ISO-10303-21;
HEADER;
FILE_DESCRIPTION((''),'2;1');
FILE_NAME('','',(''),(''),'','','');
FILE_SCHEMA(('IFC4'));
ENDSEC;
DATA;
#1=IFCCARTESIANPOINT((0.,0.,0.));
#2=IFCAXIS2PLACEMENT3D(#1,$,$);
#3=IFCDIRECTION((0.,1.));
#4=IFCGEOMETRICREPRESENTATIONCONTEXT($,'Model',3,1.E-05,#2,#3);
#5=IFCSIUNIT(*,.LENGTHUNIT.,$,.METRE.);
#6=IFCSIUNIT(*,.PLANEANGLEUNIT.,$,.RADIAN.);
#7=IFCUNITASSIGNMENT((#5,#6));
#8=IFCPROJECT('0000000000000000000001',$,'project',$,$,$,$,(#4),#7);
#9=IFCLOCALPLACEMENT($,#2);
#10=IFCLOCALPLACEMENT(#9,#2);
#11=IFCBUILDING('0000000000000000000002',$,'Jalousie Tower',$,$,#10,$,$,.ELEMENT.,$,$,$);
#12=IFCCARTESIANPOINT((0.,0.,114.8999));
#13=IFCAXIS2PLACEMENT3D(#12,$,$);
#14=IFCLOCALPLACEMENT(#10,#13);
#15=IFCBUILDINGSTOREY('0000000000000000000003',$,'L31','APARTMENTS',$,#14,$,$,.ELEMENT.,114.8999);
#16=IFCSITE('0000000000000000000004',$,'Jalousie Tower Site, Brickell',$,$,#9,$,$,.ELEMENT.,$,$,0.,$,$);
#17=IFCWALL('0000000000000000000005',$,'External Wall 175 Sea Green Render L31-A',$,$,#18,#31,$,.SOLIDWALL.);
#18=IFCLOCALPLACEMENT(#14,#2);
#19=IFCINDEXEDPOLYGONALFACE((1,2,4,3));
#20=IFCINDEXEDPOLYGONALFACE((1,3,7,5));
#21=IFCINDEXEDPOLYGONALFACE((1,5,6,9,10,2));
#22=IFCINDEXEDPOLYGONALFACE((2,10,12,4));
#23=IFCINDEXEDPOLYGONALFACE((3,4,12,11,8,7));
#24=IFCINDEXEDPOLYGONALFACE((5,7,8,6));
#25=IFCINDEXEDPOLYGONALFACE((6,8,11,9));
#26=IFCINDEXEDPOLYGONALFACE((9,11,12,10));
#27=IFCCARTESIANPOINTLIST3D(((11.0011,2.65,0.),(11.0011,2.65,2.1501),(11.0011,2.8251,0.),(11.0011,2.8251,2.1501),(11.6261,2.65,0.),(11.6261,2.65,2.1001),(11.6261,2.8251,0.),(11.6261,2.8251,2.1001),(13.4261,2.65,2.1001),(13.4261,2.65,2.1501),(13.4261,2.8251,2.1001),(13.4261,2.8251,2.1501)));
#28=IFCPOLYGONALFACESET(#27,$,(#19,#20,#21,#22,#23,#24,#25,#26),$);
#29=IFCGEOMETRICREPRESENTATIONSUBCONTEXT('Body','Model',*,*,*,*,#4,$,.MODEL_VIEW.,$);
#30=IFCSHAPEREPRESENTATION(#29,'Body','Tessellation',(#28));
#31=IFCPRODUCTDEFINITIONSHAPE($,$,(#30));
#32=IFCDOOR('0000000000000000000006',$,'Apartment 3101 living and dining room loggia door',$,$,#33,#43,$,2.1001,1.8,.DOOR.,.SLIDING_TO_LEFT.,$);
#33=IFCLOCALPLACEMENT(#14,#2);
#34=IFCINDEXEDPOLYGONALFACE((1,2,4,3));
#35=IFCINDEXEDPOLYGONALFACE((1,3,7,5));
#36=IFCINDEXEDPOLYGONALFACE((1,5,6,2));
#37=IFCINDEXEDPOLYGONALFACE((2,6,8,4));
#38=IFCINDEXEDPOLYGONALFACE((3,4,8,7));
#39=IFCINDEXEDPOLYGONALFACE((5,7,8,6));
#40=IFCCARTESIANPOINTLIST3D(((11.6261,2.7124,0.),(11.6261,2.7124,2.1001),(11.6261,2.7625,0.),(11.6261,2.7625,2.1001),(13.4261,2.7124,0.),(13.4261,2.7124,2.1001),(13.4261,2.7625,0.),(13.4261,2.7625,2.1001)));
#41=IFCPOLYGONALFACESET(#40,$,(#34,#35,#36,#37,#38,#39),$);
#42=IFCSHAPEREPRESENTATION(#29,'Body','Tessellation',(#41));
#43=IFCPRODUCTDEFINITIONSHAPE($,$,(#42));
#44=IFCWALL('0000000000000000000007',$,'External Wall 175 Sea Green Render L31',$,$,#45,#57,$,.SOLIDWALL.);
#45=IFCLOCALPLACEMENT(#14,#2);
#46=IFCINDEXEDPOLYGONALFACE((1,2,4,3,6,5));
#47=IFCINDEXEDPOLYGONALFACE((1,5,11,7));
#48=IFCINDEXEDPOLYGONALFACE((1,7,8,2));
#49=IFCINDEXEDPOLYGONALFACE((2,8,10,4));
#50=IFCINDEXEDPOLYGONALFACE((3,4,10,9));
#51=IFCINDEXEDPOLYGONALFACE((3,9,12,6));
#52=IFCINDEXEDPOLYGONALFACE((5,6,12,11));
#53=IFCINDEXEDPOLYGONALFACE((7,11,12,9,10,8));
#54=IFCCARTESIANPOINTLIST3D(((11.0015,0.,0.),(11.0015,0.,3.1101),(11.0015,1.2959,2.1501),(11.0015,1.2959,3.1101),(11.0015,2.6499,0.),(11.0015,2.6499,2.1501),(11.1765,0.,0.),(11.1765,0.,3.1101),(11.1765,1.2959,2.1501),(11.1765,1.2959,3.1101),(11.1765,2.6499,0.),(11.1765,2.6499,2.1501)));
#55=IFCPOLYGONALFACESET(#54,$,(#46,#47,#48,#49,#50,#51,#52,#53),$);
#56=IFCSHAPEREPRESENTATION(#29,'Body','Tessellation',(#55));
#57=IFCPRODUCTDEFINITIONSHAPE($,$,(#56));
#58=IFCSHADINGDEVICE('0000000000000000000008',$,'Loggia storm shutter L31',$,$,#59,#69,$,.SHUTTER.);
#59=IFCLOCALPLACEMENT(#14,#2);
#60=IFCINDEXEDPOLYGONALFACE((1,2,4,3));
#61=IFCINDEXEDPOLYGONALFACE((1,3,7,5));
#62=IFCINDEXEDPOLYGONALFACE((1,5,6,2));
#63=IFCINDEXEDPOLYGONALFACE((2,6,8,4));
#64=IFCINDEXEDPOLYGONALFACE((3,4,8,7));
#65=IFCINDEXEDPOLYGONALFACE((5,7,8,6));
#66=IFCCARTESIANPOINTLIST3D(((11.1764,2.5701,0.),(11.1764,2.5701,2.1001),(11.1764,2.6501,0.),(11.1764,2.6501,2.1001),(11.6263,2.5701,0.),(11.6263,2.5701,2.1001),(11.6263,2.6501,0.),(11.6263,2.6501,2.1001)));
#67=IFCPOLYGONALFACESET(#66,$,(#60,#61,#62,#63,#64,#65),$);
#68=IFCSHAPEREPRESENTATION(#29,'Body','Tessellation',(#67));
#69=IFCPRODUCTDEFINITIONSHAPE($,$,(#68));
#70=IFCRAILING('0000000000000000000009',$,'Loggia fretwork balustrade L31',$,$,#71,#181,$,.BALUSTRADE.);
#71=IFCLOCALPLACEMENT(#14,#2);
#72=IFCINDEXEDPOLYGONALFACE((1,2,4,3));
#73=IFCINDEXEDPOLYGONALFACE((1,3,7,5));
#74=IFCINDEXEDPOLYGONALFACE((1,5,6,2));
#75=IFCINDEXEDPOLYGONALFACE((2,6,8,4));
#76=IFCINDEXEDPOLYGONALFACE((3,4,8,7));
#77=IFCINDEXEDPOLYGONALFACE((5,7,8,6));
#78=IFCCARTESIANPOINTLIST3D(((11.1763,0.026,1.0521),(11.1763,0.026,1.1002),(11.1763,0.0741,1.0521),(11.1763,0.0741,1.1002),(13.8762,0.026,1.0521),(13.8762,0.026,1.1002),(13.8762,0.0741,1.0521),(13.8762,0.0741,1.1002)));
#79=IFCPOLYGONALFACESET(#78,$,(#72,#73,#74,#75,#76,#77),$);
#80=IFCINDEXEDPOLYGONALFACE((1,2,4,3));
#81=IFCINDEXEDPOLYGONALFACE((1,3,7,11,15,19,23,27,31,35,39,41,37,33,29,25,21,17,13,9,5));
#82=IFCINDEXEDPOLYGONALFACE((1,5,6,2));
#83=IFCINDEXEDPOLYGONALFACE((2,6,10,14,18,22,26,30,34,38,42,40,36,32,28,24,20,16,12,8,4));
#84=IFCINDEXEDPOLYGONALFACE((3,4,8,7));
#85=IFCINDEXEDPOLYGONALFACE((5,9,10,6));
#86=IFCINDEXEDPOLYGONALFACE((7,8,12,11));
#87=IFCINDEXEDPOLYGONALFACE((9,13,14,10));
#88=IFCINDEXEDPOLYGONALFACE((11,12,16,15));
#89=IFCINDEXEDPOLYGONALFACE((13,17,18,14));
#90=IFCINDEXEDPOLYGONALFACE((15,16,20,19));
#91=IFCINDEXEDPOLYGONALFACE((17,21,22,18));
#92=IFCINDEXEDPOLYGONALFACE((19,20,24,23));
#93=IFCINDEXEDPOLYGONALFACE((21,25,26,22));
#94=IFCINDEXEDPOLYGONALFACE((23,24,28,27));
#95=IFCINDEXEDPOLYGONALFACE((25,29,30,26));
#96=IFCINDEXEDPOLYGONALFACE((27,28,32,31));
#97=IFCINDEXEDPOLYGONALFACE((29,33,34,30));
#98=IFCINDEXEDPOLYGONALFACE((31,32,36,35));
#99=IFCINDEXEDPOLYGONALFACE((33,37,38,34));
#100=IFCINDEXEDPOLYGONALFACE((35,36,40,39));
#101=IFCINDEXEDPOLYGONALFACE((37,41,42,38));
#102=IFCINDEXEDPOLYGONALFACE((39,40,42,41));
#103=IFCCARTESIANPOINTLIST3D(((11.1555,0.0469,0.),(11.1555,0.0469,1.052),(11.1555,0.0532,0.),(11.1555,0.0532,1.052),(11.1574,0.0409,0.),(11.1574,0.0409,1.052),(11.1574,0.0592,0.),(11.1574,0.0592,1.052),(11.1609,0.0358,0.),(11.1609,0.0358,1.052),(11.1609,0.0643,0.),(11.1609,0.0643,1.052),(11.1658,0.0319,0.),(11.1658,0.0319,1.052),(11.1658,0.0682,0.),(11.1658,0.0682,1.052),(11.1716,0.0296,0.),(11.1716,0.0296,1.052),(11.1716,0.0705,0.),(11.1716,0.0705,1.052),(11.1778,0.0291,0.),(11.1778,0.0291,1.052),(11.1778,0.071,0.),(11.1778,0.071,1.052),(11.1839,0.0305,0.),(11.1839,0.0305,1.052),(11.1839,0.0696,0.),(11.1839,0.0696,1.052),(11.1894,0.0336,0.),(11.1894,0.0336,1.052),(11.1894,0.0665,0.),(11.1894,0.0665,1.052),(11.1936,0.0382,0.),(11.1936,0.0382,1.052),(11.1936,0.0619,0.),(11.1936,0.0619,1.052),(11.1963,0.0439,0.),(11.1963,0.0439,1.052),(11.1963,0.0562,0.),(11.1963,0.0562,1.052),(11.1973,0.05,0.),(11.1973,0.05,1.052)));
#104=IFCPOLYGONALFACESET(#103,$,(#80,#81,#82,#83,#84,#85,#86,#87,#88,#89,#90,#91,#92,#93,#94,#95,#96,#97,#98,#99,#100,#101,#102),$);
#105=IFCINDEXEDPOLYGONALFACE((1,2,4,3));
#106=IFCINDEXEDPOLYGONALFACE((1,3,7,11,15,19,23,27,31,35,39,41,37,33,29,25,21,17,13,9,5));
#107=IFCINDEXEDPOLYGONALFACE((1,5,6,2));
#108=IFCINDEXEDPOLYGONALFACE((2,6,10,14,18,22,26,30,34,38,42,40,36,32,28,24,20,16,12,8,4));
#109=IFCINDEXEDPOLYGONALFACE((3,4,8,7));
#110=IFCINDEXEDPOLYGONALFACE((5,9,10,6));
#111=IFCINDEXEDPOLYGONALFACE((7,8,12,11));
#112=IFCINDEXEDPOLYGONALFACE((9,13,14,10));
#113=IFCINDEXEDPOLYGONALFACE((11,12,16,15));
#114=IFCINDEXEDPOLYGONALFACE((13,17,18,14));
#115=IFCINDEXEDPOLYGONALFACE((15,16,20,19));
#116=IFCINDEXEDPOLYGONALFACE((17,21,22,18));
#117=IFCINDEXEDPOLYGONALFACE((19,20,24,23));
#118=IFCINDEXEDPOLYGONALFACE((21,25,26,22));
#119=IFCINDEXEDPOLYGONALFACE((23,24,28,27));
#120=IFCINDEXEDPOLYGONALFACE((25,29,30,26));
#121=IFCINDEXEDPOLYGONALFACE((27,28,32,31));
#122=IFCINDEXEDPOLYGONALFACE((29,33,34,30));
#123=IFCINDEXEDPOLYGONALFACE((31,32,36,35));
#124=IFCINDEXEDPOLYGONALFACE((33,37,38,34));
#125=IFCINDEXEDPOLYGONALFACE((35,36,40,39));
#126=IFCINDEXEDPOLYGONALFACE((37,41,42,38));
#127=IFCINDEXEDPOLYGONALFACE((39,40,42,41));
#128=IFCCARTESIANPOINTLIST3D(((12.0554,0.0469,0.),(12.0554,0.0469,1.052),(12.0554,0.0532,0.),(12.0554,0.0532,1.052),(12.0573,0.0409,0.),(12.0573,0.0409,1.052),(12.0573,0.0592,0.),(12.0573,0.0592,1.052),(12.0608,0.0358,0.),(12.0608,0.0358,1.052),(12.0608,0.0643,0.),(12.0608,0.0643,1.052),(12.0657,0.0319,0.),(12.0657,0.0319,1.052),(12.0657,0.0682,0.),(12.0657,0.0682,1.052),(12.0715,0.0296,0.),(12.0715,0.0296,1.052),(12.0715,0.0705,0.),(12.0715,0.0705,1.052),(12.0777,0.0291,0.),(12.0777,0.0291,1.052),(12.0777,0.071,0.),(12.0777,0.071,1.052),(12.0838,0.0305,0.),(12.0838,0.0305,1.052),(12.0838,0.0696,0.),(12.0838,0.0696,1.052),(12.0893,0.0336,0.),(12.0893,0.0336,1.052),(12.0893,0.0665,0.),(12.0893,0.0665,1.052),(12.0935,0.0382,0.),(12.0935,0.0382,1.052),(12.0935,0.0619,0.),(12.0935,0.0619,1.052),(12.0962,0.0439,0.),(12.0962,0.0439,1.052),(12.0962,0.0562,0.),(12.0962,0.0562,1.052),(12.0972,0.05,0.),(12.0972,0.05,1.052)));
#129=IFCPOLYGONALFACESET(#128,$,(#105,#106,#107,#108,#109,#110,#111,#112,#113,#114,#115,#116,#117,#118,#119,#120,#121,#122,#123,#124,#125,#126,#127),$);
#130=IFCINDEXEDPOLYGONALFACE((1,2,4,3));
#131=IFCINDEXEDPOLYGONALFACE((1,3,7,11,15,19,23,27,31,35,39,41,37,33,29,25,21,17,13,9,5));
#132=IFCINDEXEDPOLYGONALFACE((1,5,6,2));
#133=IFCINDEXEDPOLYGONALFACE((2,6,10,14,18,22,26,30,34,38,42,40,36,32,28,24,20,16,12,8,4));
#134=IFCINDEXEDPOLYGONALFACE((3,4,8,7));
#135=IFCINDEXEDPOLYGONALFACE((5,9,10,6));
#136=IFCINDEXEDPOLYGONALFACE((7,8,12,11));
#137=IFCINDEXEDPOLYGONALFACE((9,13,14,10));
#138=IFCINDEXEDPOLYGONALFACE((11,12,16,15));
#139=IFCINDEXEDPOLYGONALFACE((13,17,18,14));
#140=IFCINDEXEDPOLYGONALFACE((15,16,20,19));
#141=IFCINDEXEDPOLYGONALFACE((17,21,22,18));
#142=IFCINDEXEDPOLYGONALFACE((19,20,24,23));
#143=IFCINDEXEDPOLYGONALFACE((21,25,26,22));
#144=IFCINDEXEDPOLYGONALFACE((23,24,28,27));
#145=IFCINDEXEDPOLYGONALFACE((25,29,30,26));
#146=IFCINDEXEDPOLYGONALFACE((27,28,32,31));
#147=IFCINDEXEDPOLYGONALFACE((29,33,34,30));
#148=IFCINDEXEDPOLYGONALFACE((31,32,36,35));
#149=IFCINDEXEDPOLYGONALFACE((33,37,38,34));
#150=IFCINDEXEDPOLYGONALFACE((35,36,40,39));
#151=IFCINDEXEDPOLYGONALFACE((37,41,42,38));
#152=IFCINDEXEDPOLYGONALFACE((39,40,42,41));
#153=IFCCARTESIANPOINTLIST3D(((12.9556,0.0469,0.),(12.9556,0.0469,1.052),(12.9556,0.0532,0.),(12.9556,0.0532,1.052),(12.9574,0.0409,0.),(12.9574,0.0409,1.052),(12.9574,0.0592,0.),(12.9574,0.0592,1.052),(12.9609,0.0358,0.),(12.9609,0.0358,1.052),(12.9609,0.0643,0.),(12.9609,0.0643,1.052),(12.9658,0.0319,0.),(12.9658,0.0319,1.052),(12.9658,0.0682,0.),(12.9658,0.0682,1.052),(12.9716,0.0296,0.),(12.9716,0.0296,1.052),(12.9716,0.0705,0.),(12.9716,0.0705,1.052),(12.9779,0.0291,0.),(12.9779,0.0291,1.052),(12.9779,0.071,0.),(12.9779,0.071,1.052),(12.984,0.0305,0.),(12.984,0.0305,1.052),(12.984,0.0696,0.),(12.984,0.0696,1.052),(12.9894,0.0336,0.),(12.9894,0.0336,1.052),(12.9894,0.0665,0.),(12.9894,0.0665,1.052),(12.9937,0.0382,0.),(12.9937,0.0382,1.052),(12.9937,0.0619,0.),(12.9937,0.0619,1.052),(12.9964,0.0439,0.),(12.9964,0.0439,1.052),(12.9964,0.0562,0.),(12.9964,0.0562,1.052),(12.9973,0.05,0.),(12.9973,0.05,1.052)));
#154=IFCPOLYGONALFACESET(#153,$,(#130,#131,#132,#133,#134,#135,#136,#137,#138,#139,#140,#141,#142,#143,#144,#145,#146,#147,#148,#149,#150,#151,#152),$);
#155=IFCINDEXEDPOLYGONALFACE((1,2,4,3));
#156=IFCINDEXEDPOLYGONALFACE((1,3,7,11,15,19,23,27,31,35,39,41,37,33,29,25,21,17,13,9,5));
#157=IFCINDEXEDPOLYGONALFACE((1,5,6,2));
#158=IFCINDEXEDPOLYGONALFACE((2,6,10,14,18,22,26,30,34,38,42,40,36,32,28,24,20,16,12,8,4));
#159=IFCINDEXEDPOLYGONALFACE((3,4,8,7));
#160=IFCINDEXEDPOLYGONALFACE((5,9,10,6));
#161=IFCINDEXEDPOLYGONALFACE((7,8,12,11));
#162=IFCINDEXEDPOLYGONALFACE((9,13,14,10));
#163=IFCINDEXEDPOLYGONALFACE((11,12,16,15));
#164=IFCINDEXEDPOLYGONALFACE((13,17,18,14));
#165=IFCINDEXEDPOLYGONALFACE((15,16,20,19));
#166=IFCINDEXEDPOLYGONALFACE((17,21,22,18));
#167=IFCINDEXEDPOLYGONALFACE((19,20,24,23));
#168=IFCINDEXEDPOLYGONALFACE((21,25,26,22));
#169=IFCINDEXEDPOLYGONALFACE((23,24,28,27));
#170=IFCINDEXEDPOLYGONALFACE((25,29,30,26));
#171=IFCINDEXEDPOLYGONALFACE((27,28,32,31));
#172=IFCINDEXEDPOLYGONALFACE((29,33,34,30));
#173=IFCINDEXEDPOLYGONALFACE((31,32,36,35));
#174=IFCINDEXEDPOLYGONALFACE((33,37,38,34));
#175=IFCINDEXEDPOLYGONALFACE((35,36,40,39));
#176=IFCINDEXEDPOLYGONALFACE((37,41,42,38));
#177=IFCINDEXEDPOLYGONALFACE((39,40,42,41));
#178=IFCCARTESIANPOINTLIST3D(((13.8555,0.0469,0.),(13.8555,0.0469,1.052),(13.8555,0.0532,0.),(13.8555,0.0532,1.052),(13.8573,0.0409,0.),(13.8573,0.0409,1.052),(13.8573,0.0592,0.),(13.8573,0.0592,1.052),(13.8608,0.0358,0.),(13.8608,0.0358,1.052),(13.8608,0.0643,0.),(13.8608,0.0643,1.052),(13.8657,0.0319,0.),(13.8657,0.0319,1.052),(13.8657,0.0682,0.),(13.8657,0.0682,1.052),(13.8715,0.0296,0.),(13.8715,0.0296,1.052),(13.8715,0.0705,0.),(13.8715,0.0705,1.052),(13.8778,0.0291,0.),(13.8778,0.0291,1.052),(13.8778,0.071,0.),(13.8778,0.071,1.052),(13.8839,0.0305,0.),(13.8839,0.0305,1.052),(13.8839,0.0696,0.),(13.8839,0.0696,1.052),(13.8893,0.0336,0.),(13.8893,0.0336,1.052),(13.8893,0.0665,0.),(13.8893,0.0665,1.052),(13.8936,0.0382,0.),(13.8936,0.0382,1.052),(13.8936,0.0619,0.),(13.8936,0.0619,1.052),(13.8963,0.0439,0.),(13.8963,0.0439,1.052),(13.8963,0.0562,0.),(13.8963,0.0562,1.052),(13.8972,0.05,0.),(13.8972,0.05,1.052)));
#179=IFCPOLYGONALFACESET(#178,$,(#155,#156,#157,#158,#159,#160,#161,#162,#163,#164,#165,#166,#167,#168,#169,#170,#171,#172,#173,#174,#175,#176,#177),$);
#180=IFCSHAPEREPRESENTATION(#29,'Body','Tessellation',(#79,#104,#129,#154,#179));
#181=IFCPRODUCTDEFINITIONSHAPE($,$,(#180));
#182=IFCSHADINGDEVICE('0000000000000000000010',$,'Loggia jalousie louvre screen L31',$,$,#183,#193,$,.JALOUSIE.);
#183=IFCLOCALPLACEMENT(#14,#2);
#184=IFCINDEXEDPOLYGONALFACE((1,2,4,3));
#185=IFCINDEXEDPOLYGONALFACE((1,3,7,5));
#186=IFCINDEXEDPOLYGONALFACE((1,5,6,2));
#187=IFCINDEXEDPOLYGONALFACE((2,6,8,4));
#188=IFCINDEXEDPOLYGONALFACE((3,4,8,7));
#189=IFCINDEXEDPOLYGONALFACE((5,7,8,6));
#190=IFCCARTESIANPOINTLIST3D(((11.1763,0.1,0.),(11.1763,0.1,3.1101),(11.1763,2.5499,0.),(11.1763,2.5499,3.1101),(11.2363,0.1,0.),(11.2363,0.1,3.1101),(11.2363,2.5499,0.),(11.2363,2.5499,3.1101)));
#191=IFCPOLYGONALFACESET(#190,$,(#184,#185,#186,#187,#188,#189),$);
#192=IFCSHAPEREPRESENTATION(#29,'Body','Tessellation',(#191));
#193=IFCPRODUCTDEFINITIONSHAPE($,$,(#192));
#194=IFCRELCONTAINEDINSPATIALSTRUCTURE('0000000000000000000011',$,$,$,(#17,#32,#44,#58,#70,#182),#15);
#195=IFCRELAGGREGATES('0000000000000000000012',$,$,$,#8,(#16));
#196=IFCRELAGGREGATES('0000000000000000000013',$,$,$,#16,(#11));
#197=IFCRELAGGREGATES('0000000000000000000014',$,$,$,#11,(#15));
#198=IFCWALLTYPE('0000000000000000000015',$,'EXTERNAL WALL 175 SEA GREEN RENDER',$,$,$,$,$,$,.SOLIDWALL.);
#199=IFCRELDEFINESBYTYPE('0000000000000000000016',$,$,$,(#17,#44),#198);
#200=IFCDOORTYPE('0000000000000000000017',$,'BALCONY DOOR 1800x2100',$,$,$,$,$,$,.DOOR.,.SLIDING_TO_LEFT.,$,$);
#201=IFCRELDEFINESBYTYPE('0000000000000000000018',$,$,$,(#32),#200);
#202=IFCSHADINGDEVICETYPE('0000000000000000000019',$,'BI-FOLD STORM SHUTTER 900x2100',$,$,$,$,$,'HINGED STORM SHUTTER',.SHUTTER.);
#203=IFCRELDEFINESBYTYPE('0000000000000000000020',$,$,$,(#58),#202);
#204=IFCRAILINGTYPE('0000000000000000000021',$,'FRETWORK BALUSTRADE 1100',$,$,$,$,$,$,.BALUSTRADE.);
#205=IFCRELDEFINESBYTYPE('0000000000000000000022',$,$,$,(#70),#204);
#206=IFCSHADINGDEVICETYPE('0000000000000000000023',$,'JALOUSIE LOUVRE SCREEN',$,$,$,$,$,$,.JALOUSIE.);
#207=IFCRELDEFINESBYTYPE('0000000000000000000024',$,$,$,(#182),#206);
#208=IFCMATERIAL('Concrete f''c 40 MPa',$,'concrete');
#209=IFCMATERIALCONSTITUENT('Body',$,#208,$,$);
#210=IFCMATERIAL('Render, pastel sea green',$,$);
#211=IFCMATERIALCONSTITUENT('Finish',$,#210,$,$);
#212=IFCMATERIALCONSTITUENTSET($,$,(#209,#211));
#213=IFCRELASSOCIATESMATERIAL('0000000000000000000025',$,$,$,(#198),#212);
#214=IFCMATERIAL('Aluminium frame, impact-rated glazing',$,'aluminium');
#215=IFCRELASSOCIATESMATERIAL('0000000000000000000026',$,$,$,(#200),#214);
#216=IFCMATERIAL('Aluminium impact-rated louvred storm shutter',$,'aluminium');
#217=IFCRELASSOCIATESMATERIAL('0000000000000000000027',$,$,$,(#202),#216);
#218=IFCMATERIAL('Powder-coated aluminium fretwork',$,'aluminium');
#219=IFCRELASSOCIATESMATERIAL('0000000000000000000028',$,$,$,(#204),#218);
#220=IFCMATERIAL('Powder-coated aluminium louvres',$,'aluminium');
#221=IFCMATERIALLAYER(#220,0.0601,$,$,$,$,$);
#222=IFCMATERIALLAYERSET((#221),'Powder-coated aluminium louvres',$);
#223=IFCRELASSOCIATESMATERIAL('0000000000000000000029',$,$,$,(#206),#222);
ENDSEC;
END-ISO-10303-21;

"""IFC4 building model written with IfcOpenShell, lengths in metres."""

from ifc_helpers import new_model, si_unit, direction, frame, frame_2d, origin, origin_2d, place, context, subcontext, project, spatial, polyline, rectangle, circle, outline, extrude, material, layer, layer_set, constituent, constituent_set, type_object, element, fill, save


model = new_model("IFC4")

# Units and contexts
model_context = context("Model", 3, precision=1e-05, world=origin(), true_north=direction((0.0, 1.0)))
body_context = subcontext(model_context, "Body", "Model", "MODEL_VIEW")
ifc_project = project(units=[si_unit("LENGTHUNIT", "METRE"), si_unit("PLANEANGLEUNIT", "RADIAN")], contexts=[model_context])

# Site, building, storey
site_placement = place(None, origin())
site = spatial("IfcSite", under=ifc_project, at=site_placement, Name="Jalousie Tower Site, Brickell", CompositionType="ELEMENT", RefElevation=0.0)
building_placement = place(site_placement, origin())
building = spatial("IfcBuilding", under=site, at=building_placement, Name="Jalousie Tower", CompositionType="ELEMENT")
storey_placement = place(building_placement, frame((0.0, 0.0, 114.8999)))
storey = spatial("IfcBuildingStorey", under=building, at=storey_placement, Name="L31", Description="APARTMENTS", CompositionType="ELEMENT", Elevation=114.8999)

# Shared definitions
ifc_material_1 = material(Name="Concrete f'c 40 MPa", Category="concrete")
ifc_constituent_1 = constituent(ifc_material_1, Name="Body")
ifc_material_2 = material(Name="Render, pastel sea green")
ifc_constituent_2 = constituent(ifc_material_2, Name="Finish")
ifc_constituent_set = constituent_set(constituents=[ifc_constituent_1, ifc_constituent_2])
wall_type = type_object("IfcWallType", Name="EXTERNAL WALL 175 SEA GREEN RENDER", PredefinedType="SOLIDWALL", material=ifc_constituent_set)

# Wall, opening, door
wall_1_placement = place(storey_placement, frame((11.0012, 2.7375, 0.0), z_axis=(0.0, 0.0, 1.0), x_axis=(1.0, 0.0, 0.0)))
wall_1 = element("IfcWall", 1, at=wall_1_placement, inside=storey, type_object=wall_type, Name="External Wall 175 Sea Green Render L31-A", PredefinedType="SOLIDWALL", context=body_context, shape_type="SweptSolid", body=[
    extrude(rectangle(XDim=2.425, YDim=0.175, at=frame_2d((1.2124, 0.0))), origin(), (0.0, 0.0, 1.0), 2.1501),
])
opening_placement = place(wall_1_placement, frame((0.625, 0.0, 0.0)))
opening = element("IfcOpeningElement", 2, at=opening_placement, cuts=wall_1, PredefinedType="OPENING", context=body_context, shape_type="SweptSolid", body=[
    extrude(rectangle(XDim=1.8, YDim=2.1001, at=frame_2d((0.8999, 1.05))), frame((0.0, 0.0974, 0.0), z_axis=(0.0, -1.0, 0.0), x_axis=(1.0, 0.0, 0.0)), (0.0, 0.0, 1.0), 0.1951),
])
ifc_material_3 = material(Name="Aluminium frame, impact-rated glazing", Category="aluminium")
door_type = type_object("IfcDoorType", Name="BALCONY DOOR 1800x2100", OperationType="SLIDING_TO_LEFT", PredefinedType="DOOR", material=ifc_material_3)
door_placement = place(opening_placement, origin())
door = element("IfcDoor", 3, at=door_placement, inside=storey, type_object=door_type, Name="Apartment 3101 living and dining room loggia door", OperationType="SLIDING_TO_LEFT", OverallHeight=2.1001, OverallWidth=1.8, PredefinedType="DOOR", context=body_context, shape_type="SweptSolid", body=[
    extrude(rectangle(XDim=1.8, YDim=2.1001, at=frame_2d((0.8999, 1.05))), frame((0.0, 0.0249, 0.0), z_axis=(0.0, -1.0, 0.0), x_axis=(1.0, 0.0, 0.0)), (0.0, 0.0, 1.0), 0.05),
])
fill(opening, door)

# Wall
wall_2_placement = place(storey_placement, frame((11.0889, 0.0, 0.0), z_axis=(0.0, 0.0, 1.0), x_axis=(0.0, 1.0, 0.0)))
element("IfcWall", 4, at=wall_2_placement, inside=storey, type_object=wall_type, Name="External Wall 175 Sea Green Render L31", PredefinedType="SOLIDWALL", context=body_context, shape_type="SweptSolid", body=[
    extrude(outline(polyline([(0.0, 0.0), (2.6499, 0.0), (2.6499, 2.1501), (1.2959, 2.1501), (1.2959, 3.1101), (0.0, 3.1101), (0.0, 0.0)])), frame((0.0, 0.0874, 0.0), z_axis=(0.0, -1.0, 0.0), x_axis=(1.0, 0.0, 0.0)), (0.0, 0.0, 1.0), 0.175),
])

# Shading device
ifc_material_4 = material(Name="Aluminium impact-rated louvred storm shutter", Category="aluminium")
shading_device_type_1 = type_object("IfcShadingDeviceType", Name="BI-FOLD STORM SHUTTER 900x2100", ElementType="HINGED STORM SHUTTER", PredefinedType="SHUTTER", material=ifc_material_4)
shading_device_1_placement = place(storey_placement, frame((11.4014, 2.6101, 0.0), z_axis=(0.0, 0.0, 1.0), x_axis=(1.0, 0.0, 0.0)))
element("IfcShadingDevice", 5, at=shading_device_1_placement, inside=storey, type_object=shading_device_type_1, Name="Loggia storm shutter L31", PredefinedType="SHUTTER", context=body_context, shape_type="SweptSolid", body=[
    extrude(rectangle(XDim=0.45, YDim=0.0801, at=origin_2d()), origin(), (0.0, 0.0, 1.0), 2.1001),
])

# Railing
ifc_material_5 = material(Name="Powder-coated aluminium fretwork", Category="aluminium")
railing_type = type_object("IfcRailingType", Name="FRETWORK BALUSTRADE 1100", PredefinedType="BALUSTRADE", material=ifc_material_5)
railing_placement = place(storey_placement, frame((11.1763, 0.05, 0.0)))
element("IfcRailing", 6, at=railing_placement, inside=storey, type_object=railing_type, Name="Loggia fretwork balustrade L31", PredefinedType="BALUSTRADE", context=body_context, shape_type="SweptSolid", body=[
    extrude(rectangle(XDim=0.0481, YDim=0.0481, at=origin_2d()), frame((0.0, 0.0, 1.0762), z_axis=(1.0, 0.0, 0.0), x_axis=(0.0, 1.0, 0.0)), (0.0, 0.0, 1.0), 2.7),
    extrude(circle(Radius=0.021, at=origin_2d()), origin(), (0.0, 0.0, 1.0), 1.052),
    extrude(circle(Radius=0.021, at=origin_2d()), frame((0.8999, 0.0, 0.0)), (0.0, 0.0, 1.0), 1.052),
    extrude(circle(Radius=0.021, at=origin_2d()), frame((1.8, 0.0, 0.0)), (0.0, 0.0, 1.0), 1.052),
    extrude(circle(Radius=0.021, at=origin_2d()), frame((2.7, 0.0, 0.0)), (0.0, 0.0, 1.0), 1.052),
])

# Shading device
ifc_material_6 = material(Name="Powder-coated aluminium louvres", Category="aluminium")
ifc_layer_1 = layer(ifc_material_6, 0.0601)
ifc_layer_set_1 = layer_set([ifc_layer_1], Name="Powder-coated aluminium louvres")
shading_device_type_2 = type_object("IfcShadingDeviceType", Name="JALOUSIE LOUVRE SCREEN", PredefinedType="JALOUSIE", material=ifc_layer_set_1)
shading_device_2_placement = place(storey_placement, frame((11.2063, 1.325, 0.0), z_axis=(0.0, 0.0, 1.0), x_axis=(1.0, 0.0, 0.0)))
element("IfcShadingDevice", 7, at=shading_device_2_placement, inside=storey, type_object=shading_device_type_2, Name="Loggia jalousie louvre screen L31", PredefinedType="JALOUSIE", context=body_context, shape_type="SweptSolid", body=[
    extrude(rectangle(XDim=0.0601, YDim=2.45, at=origin_2d()), origin(), (0.0, 0.0, 1.0), 3.1101),
])

save(model, "model.ifc")
